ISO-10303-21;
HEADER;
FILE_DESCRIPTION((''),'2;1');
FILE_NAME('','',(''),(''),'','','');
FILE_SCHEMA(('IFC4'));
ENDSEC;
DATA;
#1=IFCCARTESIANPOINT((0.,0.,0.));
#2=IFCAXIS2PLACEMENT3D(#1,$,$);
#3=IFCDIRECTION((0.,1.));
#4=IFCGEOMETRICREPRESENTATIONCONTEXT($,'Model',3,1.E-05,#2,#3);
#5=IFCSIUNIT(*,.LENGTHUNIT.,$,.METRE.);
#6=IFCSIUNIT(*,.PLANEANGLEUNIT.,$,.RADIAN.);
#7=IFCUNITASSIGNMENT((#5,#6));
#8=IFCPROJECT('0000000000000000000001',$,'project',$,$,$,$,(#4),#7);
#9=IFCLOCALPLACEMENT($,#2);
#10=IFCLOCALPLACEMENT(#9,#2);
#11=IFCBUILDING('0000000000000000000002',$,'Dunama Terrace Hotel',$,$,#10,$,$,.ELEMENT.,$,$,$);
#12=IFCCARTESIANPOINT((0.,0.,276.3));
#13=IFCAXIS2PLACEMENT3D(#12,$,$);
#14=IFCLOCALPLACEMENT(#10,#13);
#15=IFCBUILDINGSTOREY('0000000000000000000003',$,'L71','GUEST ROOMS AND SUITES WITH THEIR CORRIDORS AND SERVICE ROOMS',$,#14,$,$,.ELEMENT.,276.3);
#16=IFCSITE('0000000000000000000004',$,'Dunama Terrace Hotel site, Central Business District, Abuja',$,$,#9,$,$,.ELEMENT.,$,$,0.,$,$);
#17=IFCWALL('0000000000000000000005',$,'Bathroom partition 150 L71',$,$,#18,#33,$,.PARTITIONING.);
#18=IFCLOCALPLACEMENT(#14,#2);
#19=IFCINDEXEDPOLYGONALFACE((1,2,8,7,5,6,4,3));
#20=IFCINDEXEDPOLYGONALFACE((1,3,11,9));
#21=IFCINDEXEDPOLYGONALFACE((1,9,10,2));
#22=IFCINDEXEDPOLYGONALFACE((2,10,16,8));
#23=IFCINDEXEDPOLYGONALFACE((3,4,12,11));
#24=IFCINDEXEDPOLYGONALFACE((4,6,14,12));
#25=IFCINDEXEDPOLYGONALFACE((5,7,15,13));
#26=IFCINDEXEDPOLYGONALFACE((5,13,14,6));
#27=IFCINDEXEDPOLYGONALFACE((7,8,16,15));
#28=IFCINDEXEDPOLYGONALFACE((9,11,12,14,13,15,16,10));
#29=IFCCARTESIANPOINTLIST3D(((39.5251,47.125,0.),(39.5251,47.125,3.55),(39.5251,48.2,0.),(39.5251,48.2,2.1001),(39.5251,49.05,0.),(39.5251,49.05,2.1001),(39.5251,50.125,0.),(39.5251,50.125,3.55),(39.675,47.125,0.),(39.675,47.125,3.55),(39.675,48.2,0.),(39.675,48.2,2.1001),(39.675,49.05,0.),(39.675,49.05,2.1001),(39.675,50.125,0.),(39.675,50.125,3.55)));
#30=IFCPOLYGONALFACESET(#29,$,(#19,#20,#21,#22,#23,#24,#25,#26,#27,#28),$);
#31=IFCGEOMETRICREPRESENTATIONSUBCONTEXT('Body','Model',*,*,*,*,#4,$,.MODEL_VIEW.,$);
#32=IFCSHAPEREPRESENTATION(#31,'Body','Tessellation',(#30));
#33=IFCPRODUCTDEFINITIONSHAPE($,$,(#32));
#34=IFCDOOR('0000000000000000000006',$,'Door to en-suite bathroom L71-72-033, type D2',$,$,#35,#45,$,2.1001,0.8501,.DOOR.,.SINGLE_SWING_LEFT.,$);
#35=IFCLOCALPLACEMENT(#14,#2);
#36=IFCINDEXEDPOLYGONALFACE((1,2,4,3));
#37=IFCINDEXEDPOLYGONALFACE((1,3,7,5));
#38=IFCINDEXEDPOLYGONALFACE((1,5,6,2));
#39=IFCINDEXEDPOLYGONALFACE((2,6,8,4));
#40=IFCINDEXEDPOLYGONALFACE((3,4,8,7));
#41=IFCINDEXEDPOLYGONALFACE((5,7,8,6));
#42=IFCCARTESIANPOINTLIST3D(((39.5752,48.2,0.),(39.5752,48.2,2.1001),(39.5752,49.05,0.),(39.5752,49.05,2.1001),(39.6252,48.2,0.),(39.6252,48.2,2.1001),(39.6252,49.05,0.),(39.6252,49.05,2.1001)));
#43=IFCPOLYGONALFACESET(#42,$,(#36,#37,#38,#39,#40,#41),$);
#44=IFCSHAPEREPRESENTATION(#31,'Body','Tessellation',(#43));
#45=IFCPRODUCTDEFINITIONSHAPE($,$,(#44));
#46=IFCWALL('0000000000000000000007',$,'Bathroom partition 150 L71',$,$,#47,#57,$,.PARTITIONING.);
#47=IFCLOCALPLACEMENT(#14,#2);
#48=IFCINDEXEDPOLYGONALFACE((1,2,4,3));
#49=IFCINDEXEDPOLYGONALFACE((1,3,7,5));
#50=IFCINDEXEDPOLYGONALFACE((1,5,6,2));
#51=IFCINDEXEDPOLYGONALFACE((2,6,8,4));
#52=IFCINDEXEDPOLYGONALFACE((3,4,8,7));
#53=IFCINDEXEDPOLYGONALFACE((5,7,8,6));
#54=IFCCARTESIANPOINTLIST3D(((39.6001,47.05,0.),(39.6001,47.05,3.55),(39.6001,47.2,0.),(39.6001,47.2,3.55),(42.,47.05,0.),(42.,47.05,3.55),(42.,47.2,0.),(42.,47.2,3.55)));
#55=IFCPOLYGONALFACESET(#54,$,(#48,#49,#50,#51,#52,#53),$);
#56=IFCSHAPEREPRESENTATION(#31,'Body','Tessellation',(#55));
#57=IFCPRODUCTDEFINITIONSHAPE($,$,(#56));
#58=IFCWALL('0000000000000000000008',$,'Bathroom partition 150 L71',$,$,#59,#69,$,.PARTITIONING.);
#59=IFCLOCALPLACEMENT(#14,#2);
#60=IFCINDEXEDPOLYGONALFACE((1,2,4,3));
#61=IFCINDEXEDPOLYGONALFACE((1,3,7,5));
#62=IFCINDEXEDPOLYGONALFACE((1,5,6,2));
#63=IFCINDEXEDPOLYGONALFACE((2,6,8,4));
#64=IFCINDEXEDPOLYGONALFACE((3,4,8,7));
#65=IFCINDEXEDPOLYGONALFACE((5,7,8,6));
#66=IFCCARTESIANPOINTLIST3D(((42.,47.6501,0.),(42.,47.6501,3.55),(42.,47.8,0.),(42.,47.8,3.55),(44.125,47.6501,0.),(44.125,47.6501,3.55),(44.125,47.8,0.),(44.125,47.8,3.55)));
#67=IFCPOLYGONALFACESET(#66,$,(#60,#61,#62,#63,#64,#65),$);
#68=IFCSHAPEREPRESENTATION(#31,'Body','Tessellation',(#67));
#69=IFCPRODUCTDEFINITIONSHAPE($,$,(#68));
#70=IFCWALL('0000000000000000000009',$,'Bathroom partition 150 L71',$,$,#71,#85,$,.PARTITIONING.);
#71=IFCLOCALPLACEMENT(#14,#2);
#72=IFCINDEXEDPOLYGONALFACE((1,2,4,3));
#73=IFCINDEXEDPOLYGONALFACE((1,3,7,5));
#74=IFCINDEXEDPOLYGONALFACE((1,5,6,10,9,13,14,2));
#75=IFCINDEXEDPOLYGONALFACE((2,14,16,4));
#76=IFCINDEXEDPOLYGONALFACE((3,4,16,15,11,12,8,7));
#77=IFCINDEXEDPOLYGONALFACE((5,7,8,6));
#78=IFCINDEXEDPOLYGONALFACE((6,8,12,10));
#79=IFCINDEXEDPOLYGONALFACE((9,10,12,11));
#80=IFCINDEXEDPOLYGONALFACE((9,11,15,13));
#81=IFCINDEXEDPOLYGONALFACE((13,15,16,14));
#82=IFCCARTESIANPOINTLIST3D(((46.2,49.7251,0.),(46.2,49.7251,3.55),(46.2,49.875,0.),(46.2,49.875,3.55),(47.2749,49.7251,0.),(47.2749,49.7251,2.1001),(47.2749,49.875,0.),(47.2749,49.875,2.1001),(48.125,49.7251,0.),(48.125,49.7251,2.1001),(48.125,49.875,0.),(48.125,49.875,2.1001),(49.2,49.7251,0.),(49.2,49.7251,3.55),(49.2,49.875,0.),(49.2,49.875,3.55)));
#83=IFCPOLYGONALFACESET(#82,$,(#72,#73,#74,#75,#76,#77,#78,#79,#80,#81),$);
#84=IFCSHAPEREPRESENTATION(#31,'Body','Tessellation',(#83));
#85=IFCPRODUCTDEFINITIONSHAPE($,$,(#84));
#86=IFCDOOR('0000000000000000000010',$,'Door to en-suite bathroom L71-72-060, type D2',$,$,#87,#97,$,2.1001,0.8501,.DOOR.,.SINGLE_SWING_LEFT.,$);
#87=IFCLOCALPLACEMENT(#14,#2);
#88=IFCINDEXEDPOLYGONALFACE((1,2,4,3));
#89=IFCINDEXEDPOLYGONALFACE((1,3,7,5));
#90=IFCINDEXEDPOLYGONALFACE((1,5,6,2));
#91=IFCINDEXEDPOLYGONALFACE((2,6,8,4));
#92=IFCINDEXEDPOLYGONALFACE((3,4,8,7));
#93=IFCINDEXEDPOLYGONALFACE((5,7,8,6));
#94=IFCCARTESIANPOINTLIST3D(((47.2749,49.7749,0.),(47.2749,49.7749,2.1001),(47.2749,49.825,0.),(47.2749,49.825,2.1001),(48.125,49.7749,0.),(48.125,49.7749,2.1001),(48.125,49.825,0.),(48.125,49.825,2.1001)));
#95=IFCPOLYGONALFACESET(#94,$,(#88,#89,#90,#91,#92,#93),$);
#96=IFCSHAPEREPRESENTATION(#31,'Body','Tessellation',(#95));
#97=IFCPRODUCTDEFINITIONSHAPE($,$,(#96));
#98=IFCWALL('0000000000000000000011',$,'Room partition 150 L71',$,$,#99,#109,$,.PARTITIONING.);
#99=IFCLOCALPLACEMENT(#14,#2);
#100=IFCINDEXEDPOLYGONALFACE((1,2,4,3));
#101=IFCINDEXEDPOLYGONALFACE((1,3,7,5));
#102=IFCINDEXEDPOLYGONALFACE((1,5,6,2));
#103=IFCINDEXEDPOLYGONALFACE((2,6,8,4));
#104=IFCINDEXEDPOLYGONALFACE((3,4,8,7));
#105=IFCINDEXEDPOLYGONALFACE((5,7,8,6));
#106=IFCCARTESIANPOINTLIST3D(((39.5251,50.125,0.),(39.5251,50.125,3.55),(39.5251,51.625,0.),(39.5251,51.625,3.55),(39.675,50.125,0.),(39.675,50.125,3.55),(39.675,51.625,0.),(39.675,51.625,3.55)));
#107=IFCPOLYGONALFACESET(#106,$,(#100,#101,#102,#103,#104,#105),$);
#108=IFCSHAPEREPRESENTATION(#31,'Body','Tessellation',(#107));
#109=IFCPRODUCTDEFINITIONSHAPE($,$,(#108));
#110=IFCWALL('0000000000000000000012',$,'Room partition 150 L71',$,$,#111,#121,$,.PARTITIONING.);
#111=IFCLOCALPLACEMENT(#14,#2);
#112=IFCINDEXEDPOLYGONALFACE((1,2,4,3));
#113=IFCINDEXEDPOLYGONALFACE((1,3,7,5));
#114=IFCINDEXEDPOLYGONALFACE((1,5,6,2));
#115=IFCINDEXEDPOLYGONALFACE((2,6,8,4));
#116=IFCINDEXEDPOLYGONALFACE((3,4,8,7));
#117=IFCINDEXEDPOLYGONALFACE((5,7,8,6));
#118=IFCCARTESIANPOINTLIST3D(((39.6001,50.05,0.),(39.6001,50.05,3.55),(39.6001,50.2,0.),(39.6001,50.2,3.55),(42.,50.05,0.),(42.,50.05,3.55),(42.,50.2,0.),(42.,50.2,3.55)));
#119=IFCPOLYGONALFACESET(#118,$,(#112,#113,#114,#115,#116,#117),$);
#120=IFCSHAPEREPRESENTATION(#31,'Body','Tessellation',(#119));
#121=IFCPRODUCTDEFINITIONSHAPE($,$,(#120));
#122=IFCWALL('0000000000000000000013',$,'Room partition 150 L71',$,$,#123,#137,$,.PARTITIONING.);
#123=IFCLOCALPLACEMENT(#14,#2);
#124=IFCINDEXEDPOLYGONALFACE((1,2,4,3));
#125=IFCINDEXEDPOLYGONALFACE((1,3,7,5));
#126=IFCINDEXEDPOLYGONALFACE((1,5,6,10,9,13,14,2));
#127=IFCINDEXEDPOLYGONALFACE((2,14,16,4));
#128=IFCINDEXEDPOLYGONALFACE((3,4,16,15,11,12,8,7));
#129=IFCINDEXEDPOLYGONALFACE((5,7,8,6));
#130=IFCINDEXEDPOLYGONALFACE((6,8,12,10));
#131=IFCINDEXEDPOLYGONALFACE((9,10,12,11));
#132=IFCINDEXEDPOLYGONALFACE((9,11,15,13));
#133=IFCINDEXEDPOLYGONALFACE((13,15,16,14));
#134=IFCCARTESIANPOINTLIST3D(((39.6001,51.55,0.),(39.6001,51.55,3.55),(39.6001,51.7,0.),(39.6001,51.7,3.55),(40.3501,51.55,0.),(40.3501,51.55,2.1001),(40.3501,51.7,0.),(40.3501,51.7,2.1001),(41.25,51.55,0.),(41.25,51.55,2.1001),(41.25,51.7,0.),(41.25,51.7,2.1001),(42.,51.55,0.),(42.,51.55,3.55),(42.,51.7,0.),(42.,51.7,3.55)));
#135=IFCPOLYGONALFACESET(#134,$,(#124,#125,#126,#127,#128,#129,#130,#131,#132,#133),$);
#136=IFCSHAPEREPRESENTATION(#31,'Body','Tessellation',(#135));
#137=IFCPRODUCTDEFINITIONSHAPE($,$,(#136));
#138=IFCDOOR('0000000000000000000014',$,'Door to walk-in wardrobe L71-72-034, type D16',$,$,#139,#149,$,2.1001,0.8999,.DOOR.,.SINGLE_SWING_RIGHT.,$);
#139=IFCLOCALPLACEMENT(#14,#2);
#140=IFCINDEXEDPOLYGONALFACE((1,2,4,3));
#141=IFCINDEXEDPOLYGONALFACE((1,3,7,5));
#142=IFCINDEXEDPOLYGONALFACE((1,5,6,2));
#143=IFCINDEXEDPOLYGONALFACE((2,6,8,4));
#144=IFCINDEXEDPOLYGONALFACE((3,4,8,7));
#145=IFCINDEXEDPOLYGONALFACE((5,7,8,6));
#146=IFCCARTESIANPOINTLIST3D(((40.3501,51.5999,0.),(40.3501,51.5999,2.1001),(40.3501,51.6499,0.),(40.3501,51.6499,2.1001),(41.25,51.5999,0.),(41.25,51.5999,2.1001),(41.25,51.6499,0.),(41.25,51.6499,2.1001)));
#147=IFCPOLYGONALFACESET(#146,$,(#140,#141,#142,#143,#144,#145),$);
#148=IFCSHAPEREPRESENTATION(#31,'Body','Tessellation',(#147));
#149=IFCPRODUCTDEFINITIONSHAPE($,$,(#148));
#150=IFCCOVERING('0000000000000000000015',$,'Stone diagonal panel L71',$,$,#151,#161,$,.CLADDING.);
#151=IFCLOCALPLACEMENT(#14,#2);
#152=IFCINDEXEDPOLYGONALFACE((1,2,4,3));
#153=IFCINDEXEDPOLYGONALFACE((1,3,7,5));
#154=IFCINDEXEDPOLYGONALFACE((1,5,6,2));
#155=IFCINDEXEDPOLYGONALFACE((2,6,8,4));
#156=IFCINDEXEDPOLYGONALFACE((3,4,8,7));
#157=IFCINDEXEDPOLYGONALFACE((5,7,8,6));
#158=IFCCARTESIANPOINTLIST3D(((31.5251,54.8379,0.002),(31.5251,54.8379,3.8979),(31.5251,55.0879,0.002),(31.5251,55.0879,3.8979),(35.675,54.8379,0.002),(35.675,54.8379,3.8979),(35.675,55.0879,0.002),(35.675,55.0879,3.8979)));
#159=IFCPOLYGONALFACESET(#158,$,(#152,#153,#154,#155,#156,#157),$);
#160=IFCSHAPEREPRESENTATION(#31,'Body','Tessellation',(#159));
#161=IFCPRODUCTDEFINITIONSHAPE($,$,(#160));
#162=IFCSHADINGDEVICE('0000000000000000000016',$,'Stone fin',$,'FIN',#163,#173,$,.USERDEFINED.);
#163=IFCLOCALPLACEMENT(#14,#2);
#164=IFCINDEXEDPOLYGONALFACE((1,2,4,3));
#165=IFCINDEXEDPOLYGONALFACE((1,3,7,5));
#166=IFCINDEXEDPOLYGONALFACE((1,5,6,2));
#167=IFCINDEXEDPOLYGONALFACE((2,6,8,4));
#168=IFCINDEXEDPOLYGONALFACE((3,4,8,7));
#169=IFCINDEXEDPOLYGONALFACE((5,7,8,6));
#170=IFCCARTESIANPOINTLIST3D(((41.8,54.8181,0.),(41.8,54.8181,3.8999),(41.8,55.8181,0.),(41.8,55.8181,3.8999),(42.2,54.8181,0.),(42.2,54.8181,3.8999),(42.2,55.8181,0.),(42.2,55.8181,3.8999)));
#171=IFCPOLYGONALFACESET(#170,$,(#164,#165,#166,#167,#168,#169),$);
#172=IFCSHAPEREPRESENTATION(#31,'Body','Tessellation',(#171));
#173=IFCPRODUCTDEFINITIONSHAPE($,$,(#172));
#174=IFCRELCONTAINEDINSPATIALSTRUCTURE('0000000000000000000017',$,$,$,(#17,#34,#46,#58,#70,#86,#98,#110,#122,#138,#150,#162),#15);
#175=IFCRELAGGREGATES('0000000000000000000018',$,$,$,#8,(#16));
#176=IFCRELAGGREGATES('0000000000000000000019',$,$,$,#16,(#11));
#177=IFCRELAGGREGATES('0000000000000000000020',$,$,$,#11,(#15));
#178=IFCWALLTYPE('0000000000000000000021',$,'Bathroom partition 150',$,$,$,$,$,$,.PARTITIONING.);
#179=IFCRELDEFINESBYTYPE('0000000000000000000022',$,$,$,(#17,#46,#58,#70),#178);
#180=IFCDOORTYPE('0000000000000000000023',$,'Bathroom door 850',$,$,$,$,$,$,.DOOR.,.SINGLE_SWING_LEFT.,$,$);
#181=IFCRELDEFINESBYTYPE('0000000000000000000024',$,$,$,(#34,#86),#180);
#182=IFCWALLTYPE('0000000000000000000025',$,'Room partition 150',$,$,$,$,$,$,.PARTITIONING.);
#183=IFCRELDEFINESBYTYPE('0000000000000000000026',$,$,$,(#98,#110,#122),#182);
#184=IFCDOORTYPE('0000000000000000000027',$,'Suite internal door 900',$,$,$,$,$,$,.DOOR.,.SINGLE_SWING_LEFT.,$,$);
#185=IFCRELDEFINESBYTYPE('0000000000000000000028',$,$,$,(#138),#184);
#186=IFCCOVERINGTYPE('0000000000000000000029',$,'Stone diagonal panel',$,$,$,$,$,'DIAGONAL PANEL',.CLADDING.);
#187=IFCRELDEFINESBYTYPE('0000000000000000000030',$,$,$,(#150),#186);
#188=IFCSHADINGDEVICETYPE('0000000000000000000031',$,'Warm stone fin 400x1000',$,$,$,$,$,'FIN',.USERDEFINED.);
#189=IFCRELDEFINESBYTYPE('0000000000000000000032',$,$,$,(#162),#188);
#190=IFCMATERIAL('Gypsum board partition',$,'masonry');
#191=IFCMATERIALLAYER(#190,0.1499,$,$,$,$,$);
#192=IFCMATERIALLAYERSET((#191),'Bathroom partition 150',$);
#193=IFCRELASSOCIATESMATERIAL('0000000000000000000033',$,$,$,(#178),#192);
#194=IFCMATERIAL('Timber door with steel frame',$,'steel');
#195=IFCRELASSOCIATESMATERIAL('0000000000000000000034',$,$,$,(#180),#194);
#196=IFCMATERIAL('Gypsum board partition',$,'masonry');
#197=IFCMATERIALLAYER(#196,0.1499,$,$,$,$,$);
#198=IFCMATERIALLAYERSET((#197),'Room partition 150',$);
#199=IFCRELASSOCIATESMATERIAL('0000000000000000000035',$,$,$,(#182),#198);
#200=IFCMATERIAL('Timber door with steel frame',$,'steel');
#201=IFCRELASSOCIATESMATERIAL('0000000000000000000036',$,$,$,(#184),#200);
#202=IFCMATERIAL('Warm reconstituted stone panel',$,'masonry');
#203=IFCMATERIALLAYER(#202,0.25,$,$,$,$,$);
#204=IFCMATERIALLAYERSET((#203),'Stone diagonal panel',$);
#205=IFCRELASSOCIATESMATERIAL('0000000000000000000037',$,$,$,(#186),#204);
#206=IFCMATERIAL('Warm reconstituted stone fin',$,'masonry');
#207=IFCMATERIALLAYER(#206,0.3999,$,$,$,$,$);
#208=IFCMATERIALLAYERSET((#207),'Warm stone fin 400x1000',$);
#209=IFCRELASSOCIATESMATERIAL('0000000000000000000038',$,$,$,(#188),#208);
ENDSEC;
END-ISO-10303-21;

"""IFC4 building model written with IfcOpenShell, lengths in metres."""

from ifc_helpers import new_model, si_unit, direction, frame, frame_2d, origin, origin_2d, place, context, subcontext, project, spatial, rectangle, extrude, material, layer, layer_set, type_object, element, fill, save


model = new_model("IFC4")

# Units and contexts
model_context = context("Model", 3, precision=1e-05, world=origin(), true_north=direction((0.0, 1.0)))
body_context = subcontext(model_context, "Body", "Model", "MODEL_VIEW")
ifc_project = project(units=[si_unit("LENGTHUNIT", "METRE"), si_unit("PLANEANGLEUNIT", "RADIAN")], contexts=[model_context])

# Site, building, storey
site_placement = place(None, origin())
site = spatial("IfcSite", under=ifc_project, at=site_placement, Name="Dunama Terrace Hotel site, Central Business District, Abuja", CompositionType="ELEMENT", RefElevation=0.0)
building_placement = place(site_placement, origin())
building = spatial("IfcBuilding", under=site, at=building_placement, Name="Dunama Terrace Hotel", CompositionType="ELEMENT")
storey_placement = place(building_placement, frame((0.0, 0.0, 276.3)))
storey = spatial("IfcBuildingStorey", under=building, at=storey_placement, Name="L71", Description="GUEST ROOMS AND SUITES WITH THEIR CORRIDORS AND SERVICE ROOMS", CompositionType="ELEMENT", Elevation=276.3)

# Wall, opening, door
ifc_material_1 = material(Name="Gypsum board partition", Category="masonry")
ifc_layer_1 = layer(ifc_material_1, 0.1499)
ifc_layer_set_1 = layer_set([ifc_layer_1], Name="Bathroom partition 150")
wall_type_1 = type_object("IfcWallType", Name="Bathroom partition 150", PredefinedType="PARTITIONING", material=ifc_layer_set_1)
wall_1_placement = place(storey_placement, frame((39.6001, 47.125, 0.0), z_axis=(0.0, 0.0, 1.0), x_axis=(0.0, 1.0, 0.0)))
wall_1 = element("IfcWall", 1, at=wall_1_placement, inside=storey, type_object=wall_type_1, Name="Bathroom partition 150 L71", PredefinedType="PARTITIONING", context=body_context, shape_type="SweptSolid", body=[
    extrude(rectangle(XDim=3.0, YDim=0.1499, at=frame_2d((1.5, 0.0))), origin(), (0.0, 0.0, 1.0), 3.55),
])
opening_1_placement = place(wall_1_placement, frame((1.075, 0.0, 0.0)))
opening_1 = element("IfcOpeningElement", 2, at=opening_1_placement, cuts=wall_1, PredefinedType="OPENING", context=body_context, shape_type="SweptSolid", body=[
    extrude(rectangle(XDim=0.8501, YDim=2.1001, at=frame_2d((0.425, 1.05))), frame((0.0, 0.085, 0.0), z_axis=(0.0, -1.0, 0.0), x_axis=(1.0, 0.0, 0.0)), (0.0, 0.0, 1.0), 0.1699),
])
ifc_material_2 = material(Name="Timber door with steel frame", Category="steel")
door_type_1 = type_object("IfcDoorType", Name="Bathroom door 850", OperationType="SINGLE_SWING_LEFT", PredefinedType="DOOR", material=ifc_material_2)
door_1_placement = place(opening_1_placement, frame((0.8501, 0.0, 0.0), z_axis=(0.0, 0.0, 1.0), x_axis=(-1.0, 0.0, 0.0)))
door_1 = element("IfcDoor", 3, at=door_1_placement, inside=storey, type_object=door_type_1, Name="Door to en-suite bathroom L71-72-033, type D2", OperationType="SINGLE_SWING_LEFT", OverallHeight=2.1001, OverallWidth=0.8501, PredefinedType="DOOR", context=body_context, shape_type="SweptSolid", body=[
    extrude(rectangle(XDim=0.8501, YDim=2.1001, at=frame_2d((0.425, 1.05))), frame((0.0, 0.0251, 0.0), z_axis=(0.0, -1.0, 0.0), x_axis=(1.0, 0.0, 0.0)), (0.0, 0.0, 1.0), 0.05),
])
fill(opening_1, door_1)

# Walls
wall_2_placement = place(storey_placement, frame((39.6001, 47.125, 0.0), z_axis=(0.0, 0.0, 1.0), x_axis=(1.0, 0.0, 0.0)))
element("IfcWall", 4, at=wall_2_placement, inside=storey, type_object=wall_type_1, Name="Bathroom partition 150 L71", PredefinedType="PARTITIONING", context=body_context, shape_type="SweptSolid", body=[
    extrude(rectangle(XDim=2.3999, YDim=0.1499, at=frame_2d((1.2, 0.0))), origin(), (0.0, 0.0, 1.0), 3.55),
])
wall_3_placement = place(storey_placement, frame((42.0, 47.7251, 0.0), z_axis=(0.0, 0.0, 1.0), x_axis=(1.0, 0.0, 0.0)))
element("IfcWall", 5, at=wall_3_placement, inside=storey, type_object=wall_type_1, Name="Bathroom partition 150 L71", PredefinedType="PARTITIONING", context=body_context, shape_type="SweptSolid", body=[
    extrude(rectangle(XDim=2.125, YDim=0.1499, at=frame_2d((1.0625, 0.0))), origin(), (0.0, 0.0, 1.0), 3.55),
])

# Wall, opening, door
wall_4_placement = place(storey_placement, frame((46.2, 49.8, 0.0), z_axis=(0.0, 0.0, 1.0), x_axis=(1.0, 0.0, 0.0)))
wall_4 = element("IfcWall", 6, at=wall_4_placement, inside=storey, type_object=wall_type_1, Name="Bathroom partition 150 L71", PredefinedType="PARTITIONING", context=body_context, shape_type="SweptSolid", body=[
    extrude(rectangle(XDim=3.0, YDim=0.1499, at=frame_2d((1.5, 0.0))), origin(), (0.0, 0.0, 1.0), 3.55),
])
opening_2_placement = place(wall_4_placement, frame((1.075, 0.0, 0.0)))
opening_2 = element("IfcOpeningElement", 7, at=opening_2_placement, cuts=wall_4, PredefinedType="OPENING", context=body_context, shape_type="SweptSolid", body=[
    extrude(rectangle(XDim=0.8501, YDim=2.1001, at=frame_2d((0.425, 1.05))), frame((0.0, 0.085, 0.0), z_axis=(0.0, -1.0, 0.0), x_axis=(1.0, 0.0, 0.0)), (0.0, 0.0, 1.0), 0.1699),
])
door_2_placement = place(opening_2_placement, frame((0.8501, 0.0, 0.0), z_axis=(0.0, 0.0, 1.0), x_axis=(-1.0, 0.0, 0.0)))
door_2 = element("IfcDoor", 8, at=door_2_placement, inside=storey, type_object=door_type_1, Name="Door to en-suite bathroom L71-72-060, type D2", OperationType="SINGLE_SWING_LEFT", OverallHeight=2.1001, OverallWidth=0.8501, PredefinedType="DOOR", context=body_context, shape_type="SweptSolid", body=[
    extrude(rectangle(XDim=0.8501, YDim=2.1001, at=frame_2d((0.425, 1.05))), frame((0.0, 0.0251, 0.0), z_axis=(0.0, -1.0, 0.0), x_axis=(1.0, 0.0, 0.0)), (0.0, 0.0, 1.0), 0.05),
])
fill(opening_2, door_2)

# Walls
ifc_material_3 = material(Name="Gypsum board partition", Category="masonry")
ifc_layer_2 = layer(ifc_material_3, 0.1499)
ifc_layer_set_2 = layer_set([ifc_layer_2], Name="Room partition 150")
wall_type_2 = type_object("IfcWallType", Name="Room partition 150", PredefinedType="PARTITIONING", material=ifc_layer_set_2)
wall_5_placement = place(storey_placement, frame((39.6001, 50.125, 0.0), z_axis=(0.0, 0.0, 1.0), x_axis=(0.0, 1.0, 0.0)))
element("IfcWall", 9, at=wall_5_placement, inside=storey, type_object=wall_type_2, Name="Room partition 150 L71", PredefinedType="PARTITIONING", context=body_context, shape_type="SweptSolid", body=[
    extrude(rectangle(XDim=1.5, YDim=0.1499, at=frame_2d((0.75, 0.0))), origin(), (0.0, 0.0, 1.0), 3.55),
])
wall_6_placement = place(storey_placement, frame((39.6001, 50.125, 0.0), z_axis=(0.0, 0.0, 1.0), x_axis=(1.0, 0.0, 0.0)))
element("IfcWall", 10, at=wall_6_placement, inside=storey, type_object=wall_type_2, Name="Room partition 150 L71", PredefinedType="PARTITIONING", context=body_context, shape_type="SweptSolid", body=[
    extrude(rectangle(XDim=2.3999, YDim=0.1499, at=frame_2d((1.2, 0.0))), origin(), (0.0, 0.0, 1.0), 3.55),
])

# Wall, opening, door
wall_7_placement = place(storey_placement, frame((39.6001, 51.625, 0.0), z_axis=(0.0, 0.0, 1.0), x_axis=(1.0, 0.0, 0.0)))
wall_7 = element("IfcWall", 11, at=wall_7_placement, inside=storey, type_object=wall_type_2, Name="Room partition 150 L71", PredefinedType="PARTITIONING", context=body_context, shape_type="SweptSolid", body=[
    extrude(rectangle(XDim=2.3999, YDim=0.1499, at=frame_2d((1.2, 0.0))), origin(), (0.0, 0.0, 1.0), 3.55),
])
opening_3_placement = place(wall_7_placement, frame((0.75, 0.0, 0.0)))
opening_3 = element("IfcOpeningElement", 12, at=opening_3_placement, cuts=wall_7, PredefinedType="OPENING", context=body_context, shape_type="SweptSolid", body=[
    extrude(rectangle(XDim=0.8999, YDim=2.1001, at=frame_2d((0.45, 1.05))), frame((0.0, 0.085, 0.0), z_axis=(0.0, -1.0, 0.0), x_axis=(1.0, 0.0, 0.0)), (0.0, 0.0, 1.0), 0.1699),
])
ifc_material_4 = material(Name="Timber door with steel frame", Category="steel")
door_type_2 = type_object("IfcDoorType", Name="Suite internal door 900", OperationType="SINGLE_SWING_LEFT", PredefinedType="DOOR", material=ifc_material_4)
door_3_placement = place(opening_3_placement, frame((0.8999, 0.0, 0.0), z_axis=(0.0, 0.0, 1.0), x_axis=(-1.0, 0.0, 0.0)))
door_3 = element("IfcDoor", 13, at=door_3_placement, inside=storey, type_object=door_type_2, Name="Door to walk-in wardrobe L71-72-034, type D16", OperationType="SINGLE_SWING_RIGHT", OverallHeight=2.1001, OverallWidth=0.8999, PredefinedType="DOOR", context=body_context, shape_type="SweptSolid", body=[
    extrude(rectangle(XDim=0.8999, YDim=2.1001, at=frame_2d((0.45, 1.05))), frame((0.0, 0.0251, 0.0), z_axis=(0.0, -1.0, 0.0), x_axis=(1.0, 0.0, 0.0)), (0.0, 0.0, 1.0), 0.05),
])
fill(opening_3, door_3)

# Covering
ifc_material_5 = material(Name="Warm reconstituted stone panel", Category="masonry")
ifc_layer_3 = layer(ifc_material_5, 0.25)
ifc_layer_set_3 = layer_set([ifc_layer_3], Name="Stone diagonal panel")
covering_type = type_object("IfcCoveringType", Name="Stone diagonal panel", ElementType="DIAGONAL PANEL", PredefinedType="CLADDING", material=ifc_layer_set_3)
covering_placement = place(storey_placement, frame((33.6001, 54.9629, 0.002), z_axis=(0.0, 0.0, 1.0), x_axis=(-1.0, 0.0, 0.0)))
element("IfcCovering", 14, at=covering_placement, inside=storey, type_object=covering_type, Name="Stone diagonal panel L71", PredefinedType="CLADDING", context=body_context, shape_type="SweptSolid", body=[
    extrude(rectangle(XDim=4.1499, YDim=0.25, at=origin_2d()), origin(), (0.0, 0.0, 1.0), 3.896),
])

# Shading device
ifc_material_6 = material(Name="Warm reconstituted stone fin", Category="masonry")
ifc_layer_4 = layer(ifc_material_6, 0.3999)
ifc_layer_set_4 = layer_set([ifc_layer_4], Name="Warm stone fin 400x1000")
shading_device_type = type_object("IfcShadingDeviceType", Name="Warm stone fin 400x1000", ElementType="FIN", PredefinedType="USERDEFINED", material=ifc_layer_set_4)
shading_device_placement = place(storey_placement, frame((42.0, 55.3181, 0.0), z_axis=(0.0, 0.0, 1.0), x_axis=(-1.0, 0.0, 0.0)))
element("IfcShadingDevice", 15, at=shading_device_placement, inside=storey, type_object=shading_device_type, Name="Stone fin", ObjectType="FIN", PredefinedType="USERDEFINED", context=body_context, shape_type="SweptSolid", body=[
    extrude(rectangle(XDim=0.3999, YDim=1.0, at=origin_2d()), origin(), (0.0, 0.0, 1.0), 3.8999),
])

save(model, "model.ifc")
